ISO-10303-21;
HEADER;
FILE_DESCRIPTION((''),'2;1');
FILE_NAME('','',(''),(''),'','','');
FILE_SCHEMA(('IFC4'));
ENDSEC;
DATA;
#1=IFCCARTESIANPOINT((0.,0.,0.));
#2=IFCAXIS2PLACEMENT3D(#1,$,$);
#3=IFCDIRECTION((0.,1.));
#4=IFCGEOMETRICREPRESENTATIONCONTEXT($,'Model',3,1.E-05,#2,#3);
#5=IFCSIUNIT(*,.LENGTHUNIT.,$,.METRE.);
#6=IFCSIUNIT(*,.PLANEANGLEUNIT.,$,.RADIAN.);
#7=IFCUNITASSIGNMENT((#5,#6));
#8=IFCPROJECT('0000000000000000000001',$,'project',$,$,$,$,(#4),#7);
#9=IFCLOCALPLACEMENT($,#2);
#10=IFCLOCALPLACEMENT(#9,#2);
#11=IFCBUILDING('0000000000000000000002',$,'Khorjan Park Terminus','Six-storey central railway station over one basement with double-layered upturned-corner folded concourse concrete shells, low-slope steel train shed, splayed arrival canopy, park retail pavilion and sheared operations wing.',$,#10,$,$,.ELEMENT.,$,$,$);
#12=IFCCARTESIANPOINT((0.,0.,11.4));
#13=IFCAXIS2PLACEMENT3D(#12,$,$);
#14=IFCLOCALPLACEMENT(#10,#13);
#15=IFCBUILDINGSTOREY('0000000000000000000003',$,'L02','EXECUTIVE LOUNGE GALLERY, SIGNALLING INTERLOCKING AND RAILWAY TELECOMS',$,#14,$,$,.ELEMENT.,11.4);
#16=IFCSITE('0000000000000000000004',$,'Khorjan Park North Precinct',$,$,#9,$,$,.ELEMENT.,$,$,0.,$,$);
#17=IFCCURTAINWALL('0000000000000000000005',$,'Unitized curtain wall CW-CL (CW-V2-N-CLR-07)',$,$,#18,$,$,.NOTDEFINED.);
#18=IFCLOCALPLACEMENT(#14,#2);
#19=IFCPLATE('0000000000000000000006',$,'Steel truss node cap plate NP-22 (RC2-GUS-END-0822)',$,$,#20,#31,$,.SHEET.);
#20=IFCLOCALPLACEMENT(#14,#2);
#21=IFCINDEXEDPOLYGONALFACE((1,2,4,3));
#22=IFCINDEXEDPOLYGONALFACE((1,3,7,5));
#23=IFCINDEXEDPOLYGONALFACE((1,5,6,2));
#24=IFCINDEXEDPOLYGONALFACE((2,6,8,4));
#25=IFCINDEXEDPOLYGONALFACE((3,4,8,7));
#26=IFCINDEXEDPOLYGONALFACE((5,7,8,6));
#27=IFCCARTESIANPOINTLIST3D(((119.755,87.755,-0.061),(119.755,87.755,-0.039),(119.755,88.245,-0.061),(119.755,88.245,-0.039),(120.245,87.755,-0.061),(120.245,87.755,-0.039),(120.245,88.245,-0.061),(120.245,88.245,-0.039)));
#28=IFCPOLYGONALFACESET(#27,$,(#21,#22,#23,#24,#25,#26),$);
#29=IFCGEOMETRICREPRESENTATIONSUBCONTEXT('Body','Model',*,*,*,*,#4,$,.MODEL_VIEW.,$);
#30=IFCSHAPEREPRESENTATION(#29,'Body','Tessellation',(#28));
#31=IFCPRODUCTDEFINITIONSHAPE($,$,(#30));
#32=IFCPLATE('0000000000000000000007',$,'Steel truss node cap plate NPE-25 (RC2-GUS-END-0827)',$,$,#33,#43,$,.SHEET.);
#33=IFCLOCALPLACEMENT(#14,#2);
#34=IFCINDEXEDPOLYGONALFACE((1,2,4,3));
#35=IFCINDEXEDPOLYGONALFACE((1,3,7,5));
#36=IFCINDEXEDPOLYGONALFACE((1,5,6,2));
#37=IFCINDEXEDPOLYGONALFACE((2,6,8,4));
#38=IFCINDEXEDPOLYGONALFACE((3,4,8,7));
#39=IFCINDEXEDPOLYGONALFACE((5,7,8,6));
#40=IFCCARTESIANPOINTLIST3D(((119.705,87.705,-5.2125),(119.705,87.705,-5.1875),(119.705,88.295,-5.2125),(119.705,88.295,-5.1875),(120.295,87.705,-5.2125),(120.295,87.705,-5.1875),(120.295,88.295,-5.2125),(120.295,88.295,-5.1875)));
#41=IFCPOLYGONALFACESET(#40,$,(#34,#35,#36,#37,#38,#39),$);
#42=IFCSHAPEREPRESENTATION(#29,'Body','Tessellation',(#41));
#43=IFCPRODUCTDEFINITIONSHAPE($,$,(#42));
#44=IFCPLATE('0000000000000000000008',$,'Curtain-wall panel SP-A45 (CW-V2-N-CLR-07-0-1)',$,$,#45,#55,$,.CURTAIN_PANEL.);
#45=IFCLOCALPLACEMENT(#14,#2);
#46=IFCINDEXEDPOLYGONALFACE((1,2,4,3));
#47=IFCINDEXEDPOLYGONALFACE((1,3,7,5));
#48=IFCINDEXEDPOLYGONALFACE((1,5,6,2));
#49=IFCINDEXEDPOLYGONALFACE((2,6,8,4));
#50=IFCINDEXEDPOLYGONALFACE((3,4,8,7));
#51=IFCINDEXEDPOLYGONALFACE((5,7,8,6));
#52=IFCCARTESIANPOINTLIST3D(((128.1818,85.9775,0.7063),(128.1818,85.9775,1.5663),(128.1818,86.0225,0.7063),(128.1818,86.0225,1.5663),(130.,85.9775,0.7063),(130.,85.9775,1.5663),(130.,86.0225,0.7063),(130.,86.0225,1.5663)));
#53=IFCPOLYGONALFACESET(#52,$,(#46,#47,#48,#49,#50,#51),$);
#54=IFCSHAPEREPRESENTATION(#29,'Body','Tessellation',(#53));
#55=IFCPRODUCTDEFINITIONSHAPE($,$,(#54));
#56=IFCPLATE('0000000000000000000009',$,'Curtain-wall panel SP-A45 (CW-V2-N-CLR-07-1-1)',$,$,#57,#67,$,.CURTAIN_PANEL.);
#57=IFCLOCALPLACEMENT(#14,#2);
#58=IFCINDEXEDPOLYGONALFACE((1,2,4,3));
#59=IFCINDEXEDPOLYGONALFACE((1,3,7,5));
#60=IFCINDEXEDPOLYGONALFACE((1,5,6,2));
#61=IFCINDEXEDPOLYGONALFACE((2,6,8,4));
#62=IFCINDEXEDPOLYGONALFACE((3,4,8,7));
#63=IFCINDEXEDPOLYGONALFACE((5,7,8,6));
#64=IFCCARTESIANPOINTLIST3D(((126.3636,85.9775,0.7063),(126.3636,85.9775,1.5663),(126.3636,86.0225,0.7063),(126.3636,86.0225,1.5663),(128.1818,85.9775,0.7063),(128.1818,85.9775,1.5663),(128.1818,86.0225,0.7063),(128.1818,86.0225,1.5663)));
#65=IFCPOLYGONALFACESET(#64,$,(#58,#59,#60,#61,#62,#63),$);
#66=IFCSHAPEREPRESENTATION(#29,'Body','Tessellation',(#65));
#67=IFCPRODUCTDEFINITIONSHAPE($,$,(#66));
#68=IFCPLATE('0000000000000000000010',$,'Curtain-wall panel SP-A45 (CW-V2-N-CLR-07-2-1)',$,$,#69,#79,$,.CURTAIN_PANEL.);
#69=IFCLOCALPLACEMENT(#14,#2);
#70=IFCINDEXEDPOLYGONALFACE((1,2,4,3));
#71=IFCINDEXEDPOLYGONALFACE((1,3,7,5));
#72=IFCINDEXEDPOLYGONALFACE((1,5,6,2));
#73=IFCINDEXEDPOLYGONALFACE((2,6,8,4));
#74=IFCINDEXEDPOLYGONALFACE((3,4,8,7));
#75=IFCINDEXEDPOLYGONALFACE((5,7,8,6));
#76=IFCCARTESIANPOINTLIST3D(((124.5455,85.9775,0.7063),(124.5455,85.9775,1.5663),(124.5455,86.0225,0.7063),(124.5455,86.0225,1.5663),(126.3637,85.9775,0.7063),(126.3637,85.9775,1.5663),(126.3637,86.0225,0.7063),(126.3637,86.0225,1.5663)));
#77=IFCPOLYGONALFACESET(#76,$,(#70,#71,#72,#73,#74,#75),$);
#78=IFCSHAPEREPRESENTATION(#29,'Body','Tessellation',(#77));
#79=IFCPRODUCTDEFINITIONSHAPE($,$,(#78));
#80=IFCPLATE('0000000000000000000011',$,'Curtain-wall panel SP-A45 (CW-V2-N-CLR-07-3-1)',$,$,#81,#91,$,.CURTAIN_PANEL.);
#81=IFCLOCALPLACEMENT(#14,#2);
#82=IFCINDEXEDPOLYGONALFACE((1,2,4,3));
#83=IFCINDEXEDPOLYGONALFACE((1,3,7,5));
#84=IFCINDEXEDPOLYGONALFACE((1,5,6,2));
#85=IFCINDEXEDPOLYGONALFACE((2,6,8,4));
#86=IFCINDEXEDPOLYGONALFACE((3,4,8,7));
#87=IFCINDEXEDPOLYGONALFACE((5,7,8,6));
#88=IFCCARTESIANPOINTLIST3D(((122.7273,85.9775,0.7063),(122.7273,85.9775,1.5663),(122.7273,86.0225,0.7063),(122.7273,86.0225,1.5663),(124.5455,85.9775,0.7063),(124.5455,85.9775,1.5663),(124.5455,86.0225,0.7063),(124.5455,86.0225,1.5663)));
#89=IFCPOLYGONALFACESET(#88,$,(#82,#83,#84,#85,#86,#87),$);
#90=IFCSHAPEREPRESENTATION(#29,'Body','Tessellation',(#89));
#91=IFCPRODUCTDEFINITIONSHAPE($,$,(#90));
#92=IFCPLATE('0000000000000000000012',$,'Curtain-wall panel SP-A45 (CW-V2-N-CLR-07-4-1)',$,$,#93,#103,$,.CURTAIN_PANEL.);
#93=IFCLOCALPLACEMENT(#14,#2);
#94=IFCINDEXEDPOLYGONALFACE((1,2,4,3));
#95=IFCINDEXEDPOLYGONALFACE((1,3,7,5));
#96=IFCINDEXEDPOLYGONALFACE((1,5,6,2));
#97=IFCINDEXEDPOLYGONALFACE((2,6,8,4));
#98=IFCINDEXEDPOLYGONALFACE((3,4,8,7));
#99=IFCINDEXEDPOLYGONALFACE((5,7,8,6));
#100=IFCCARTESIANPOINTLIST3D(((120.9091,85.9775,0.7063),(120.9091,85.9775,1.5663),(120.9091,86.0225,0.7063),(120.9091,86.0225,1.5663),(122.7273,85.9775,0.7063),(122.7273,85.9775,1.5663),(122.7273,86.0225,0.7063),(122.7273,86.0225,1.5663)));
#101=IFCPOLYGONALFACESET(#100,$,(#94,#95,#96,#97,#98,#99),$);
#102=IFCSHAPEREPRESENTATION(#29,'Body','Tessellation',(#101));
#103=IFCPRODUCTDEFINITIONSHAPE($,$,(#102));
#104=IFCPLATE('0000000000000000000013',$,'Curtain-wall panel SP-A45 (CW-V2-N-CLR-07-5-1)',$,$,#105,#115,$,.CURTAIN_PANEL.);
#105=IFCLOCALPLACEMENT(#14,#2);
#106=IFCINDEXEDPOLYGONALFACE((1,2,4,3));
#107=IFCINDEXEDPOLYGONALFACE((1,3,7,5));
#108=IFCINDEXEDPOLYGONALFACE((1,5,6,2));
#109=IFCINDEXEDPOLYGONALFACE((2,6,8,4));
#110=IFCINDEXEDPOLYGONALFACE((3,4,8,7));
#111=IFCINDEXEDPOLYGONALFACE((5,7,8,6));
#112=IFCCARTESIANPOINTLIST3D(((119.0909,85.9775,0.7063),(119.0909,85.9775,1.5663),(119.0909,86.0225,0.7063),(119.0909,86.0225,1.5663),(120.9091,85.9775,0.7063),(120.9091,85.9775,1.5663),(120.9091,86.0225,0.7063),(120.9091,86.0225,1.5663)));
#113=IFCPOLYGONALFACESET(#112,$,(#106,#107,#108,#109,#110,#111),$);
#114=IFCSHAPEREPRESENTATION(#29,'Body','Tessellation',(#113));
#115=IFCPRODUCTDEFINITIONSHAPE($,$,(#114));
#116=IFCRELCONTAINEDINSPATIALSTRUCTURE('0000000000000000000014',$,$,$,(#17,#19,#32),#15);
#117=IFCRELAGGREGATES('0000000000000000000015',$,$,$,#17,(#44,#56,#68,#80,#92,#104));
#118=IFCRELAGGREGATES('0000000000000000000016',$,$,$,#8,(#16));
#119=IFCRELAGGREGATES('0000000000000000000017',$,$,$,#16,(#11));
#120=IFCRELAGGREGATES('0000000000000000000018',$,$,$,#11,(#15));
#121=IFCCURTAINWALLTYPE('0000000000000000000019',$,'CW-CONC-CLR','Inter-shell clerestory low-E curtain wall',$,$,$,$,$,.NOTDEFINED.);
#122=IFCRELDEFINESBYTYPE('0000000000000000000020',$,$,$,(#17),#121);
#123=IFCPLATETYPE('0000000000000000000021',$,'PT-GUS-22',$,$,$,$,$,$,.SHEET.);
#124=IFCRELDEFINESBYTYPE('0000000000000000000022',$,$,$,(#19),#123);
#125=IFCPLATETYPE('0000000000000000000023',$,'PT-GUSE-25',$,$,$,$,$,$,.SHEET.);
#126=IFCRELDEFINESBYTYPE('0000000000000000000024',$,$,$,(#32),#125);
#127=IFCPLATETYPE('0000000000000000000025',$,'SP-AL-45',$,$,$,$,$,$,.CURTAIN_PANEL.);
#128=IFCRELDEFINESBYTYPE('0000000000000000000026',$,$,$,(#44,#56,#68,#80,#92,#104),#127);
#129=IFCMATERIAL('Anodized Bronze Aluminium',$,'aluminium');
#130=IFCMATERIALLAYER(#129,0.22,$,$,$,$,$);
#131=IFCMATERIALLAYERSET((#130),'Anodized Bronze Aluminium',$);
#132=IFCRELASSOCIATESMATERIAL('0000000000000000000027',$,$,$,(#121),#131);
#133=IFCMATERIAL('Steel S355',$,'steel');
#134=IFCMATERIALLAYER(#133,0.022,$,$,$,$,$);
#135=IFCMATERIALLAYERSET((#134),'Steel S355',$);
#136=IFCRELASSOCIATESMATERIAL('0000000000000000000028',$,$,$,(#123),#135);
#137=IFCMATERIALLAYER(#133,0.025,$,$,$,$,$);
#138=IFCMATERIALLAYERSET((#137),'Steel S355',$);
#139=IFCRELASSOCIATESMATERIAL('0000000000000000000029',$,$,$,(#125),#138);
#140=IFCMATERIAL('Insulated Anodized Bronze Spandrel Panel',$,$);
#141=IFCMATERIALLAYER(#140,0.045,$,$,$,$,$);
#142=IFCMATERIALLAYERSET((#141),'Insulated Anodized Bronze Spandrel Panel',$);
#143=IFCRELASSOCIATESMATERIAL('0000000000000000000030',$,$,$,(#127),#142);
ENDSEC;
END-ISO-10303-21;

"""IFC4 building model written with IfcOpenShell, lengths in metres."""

from ifc_helpers import new_model, si_unit, direction, frame, origin, origin_2d, place, context, subcontext, project, spatial, rectangle, extrude, material, layer, layer_set, type_object, element, aggregate, save


model = new_model("IFC4")

# Units and contexts
model_context = context("Model", 3, precision=1e-05, world=origin(), true_north=direction((0.0, 1.0)))
body_context = subcontext(model_context, "Body", "Model", "MODEL_VIEW")
ifc_project = project(units=[si_unit("LENGTHUNIT", "METRE"), si_unit("PLANEANGLEUNIT", "RADIAN")], contexts=[model_context])

# Site, building, storey
site_placement = place(None, origin())
site = spatial("IfcSite", under=ifc_project, at=site_placement, Name="Khorjan Park North Precinct", CompositionType="ELEMENT", RefElevation=0.0)
building_placement = place(site_placement, origin())
building = spatial("IfcBuilding", under=site, at=building_placement, Name="Khorjan Park Terminus", Description="Six-storey central railway station over one basement with double-layered upturned-corner folded concourse concrete shells, low-slope steel train shed, splayed arrival canopy, park retail pavilion and sheared operations wing.", CompositionType="ELEMENT")
storey_placement = place(building_placement, frame((0.0, 0.0, 11.4)))
storey = spatial("IfcBuildingStorey", under=building, at=storey_placement, Name="L02", Description="EXECUTIVE LOUNGE GALLERY, SIGNALLING INTERLOCKING AND RAILWAY TELECOMS", CompositionType="ELEMENT", Elevation=11.4)

# Shared definitions
ifc_material_1 = material(Name="Steel S355", Category="steel")

# Curtain wall
ifc_material_2 = material(Name="Anodized Bronze Aluminium", Category="aluminium")
ifc_layer_1 = layer(ifc_material_2, 0.22)
ifc_layer_set_1 = layer_set([ifc_layer_1], Name="Anodized Bronze Aluminium")
curtain_wall_type = type_object("IfcCurtainWallType", Name="CW-CONC-CLR", Description="Inter-shell clerestory low-E curtain wall", PredefinedType="NOTDEFINED", material=ifc_layer_set_1)
curtain_wall_placement = place(storey_placement, origin())
curtain_wall = element("IfcCurtainWall", 1, at=curtain_wall_placement, inside=storey, type_object=curtain_wall_type, Name="Unitized curtain wall CW-CL (CW-V2-N-CLR-07)", PredefinedType="NOTDEFINED")

# Plates
ifc_layer_2 = layer(ifc_material_1, 0.022)
ifc_layer_set_2 = layer_set([ifc_layer_2], Name="Steel S355")
plate_type_1 = type_object("IfcPlateType", Name="PT-GUS-22", PredefinedType="SHEET", material=ifc_layer_set_2)
plate_1_placement = place(storey_placement, frame((120.0, 88.0, -0.061), z_axis=(0.0, 0.0, 1.0), x_axis=(1.0, 0.0, 0.0)))
element("IfcPlate", 2, at=plate_1_placement, inside=storey, type_object=plate_type_1, Name="Steel truss node cap plate NP-22 (RC2-GUS-END-0822)", PredefinedType="SHEET", context=body_context, shape_type="SweptSolid", body=[
    extrude(rectangle(XDim=0.49, YDim=0.49, at=origin_2d()), origin(), (0.0, 0.0, 1.0), 0.022),
])
ifc_layer_3 = layer(ifc_material_1, 0.025)
ifc_layer_set_3 = layer_set([ifc_layer_3], Name="Steel S355")
plate_type_2 = type_object("IfcPlateType", Name="PT-GUSE-25", PredefinedType="SHEET", material=ifc_layer_set_3)
plate_2_placement = place(storey_placement, frame((120.0, 88.0, -5.2125), z_axis=(0.0, 0.0, 1.0), x_axis=(1.0, 0.0, 0.0)))
element("IfcPlate", 3, at=plate_2_placement, inside=storey, type_object=plate_type_2, Name="Steel truss node cap plate NPE-25 (RC2-GUS-END-0827)", PredefinedType="SHEET", context=body_context, shape_type="SweptSolid", body=[
    extrude(rectangle(XDim=0.59, YDim=0.59, at=origin_2d()), origin(), (0.0, 0.0, 1.0), 0.025),
])

# Plates
ifc_material_3 = material(Name="Insulated Anodized Bronze Spandrel Panel")
ifc_layer_4 = layer(ifc_material_3, 0.045)
ifc_layer_set_4 = layer_set([ifc_layer_4], Name="Insulated Anodized Bronze Spandrel Panel")
plate_type_3 = type_object("IfcPlateType", Name="SP-AL-45", PredefinedType="CURTAIN_PANEL", material=ifc_layer_set_4)
plate_3_placement = place(storey_placement, frame((129.0909, 86.0, 0.7063), z_axis=(0.0, 0.0, 1.0), x_axis=(-1.0, 0.0, 0.0)))
plate_3 = element("IfcPlate", 4, at=plate_3_placement, type_object=plate_type_3, Name="Curtain-wall panel SP-A45 (CW-V2-N-CLR-07-0-1)", PredefinedType="CURTAIN_PANEL", context=body_context, shape_type="SweptSolid", body=[
    extrude(rectangle(XDim=1.8182, YDim=0.045, at=origin_2d()), origin(), (0.0, 0.0, 1.0), 0.86),
])
plate_4_placement = place(storey_placement, frame((127.2727, 86.0, 0.7063), z_axis=(0.0, 0.0, 1.0), x_axis=(-1.0, 0.0, 0.0)))
plate_4 = element("IfcPlate", 5, at=plate_4_placement, type_object=plate_type_3, Name="Curtain-wall panel SP-A45 (CW-V2-N-CLR-07-1-1)", PredefinedType="CURTAIN_PANEL", context=body_context, shape_type="SweptSolid", body=[
    extrude(rectangle(XDim=1.8182, YDim=0.045, at=origin_2d()), origin(), (0.0, 0.0, 1.0), 0.86),
])
plate_5_placement = place(storey_placement, frame((125.4546, 86.0, 0.7063), z_axis=(0.0, 0.0, 1.0), x_axis=(-1.0, 0.0, 0.0)))
plate_5 = element("IfcPlate", 6, at=plate_5_placement, type_object=plate_type_3, Name="Curtain-wall panel SP-A45 (CW-V2-N-CLR-07-2-1)", PredefinedType="CURTAIN_PANEL", context=body_context, shape_type="SweptSolid", body=[
    extrude(rectangle(XDim=1.8182, YDim=0.045, at=origin_2d()), origin(), (0.0, 0.0, 1.0), 0.86),
])
plate_6_placement = place(storey_placement, frame((123.6364, 86.0, 0.7063), z_axis=(0.0, 0.0, 1.0), x_axis=(-1.0, 0.0, 0.0)))
plate_6 = element("IfcPlate", 7, at=plate_6_placement, type_object=plate_type_3, Name="Curtain-wall panel SP-A45 (CW-V2-N-CLR-07-3-1)", PredefinedType="CURTAIN_PANEL", context=body_context, shape_type="SweptSolid", body=[
    extrude(rectangle(XDim=1.8182, YDim=0.045, at=origin_2d()), origin(), (0.0, 0.0, 1.0), 0.86),
])
plate_7_placement = place(storey_placement, frame((121.8182, 86.0, 0.7063), z_axis=(0.0, 0.0, 1.0), x_axis=(-1.0, 0.0, 0.0)))
plate_7 = element("IfcPlate", 8, at=plate_7_placement, type_object=plate_type_3, Name="Curtain-wall panel SP-A45 (CW-V2-N-CLR-07-4-1)", PredefinedType="CURTAIN_PANEL", context=body_context, shape_type="SweptSolid", body=[
    extrude(rectangle(XDim=1.8182, YDim=0.045, at=origin_2d()), origin(), (0.0, 0.0, 1.0), 0.86),
])
plate_8_placement = place(storey_placement, frame((120.0, 86.0, 0.7063), z_axis=(0.0, 0.0, 1.0), x_axis=(-1.0, 0.0, 0.0)))
plate_8 = element("IfcPlate", 9, at=plate_8_placement, type_object=plate_type_3, Name="Curtain-wall panel SP-A45 (CW-V2-N-CLR-07-5-1)", PredefinedType="CURTAIN_PANEL", context=body_context, shape_type="SweptSolid", body=[
    extrude(rectangle(XDim=1.8182, YDim=0.045, at=origin_2d()), origin(), (0.0, 0.0, 1.0), 0.86),
])
aggregate(curtain_wall, [plate_3, plate_4, plate_5, plate_6, plate_7, plate_8])

save(model, "model.ifc")
